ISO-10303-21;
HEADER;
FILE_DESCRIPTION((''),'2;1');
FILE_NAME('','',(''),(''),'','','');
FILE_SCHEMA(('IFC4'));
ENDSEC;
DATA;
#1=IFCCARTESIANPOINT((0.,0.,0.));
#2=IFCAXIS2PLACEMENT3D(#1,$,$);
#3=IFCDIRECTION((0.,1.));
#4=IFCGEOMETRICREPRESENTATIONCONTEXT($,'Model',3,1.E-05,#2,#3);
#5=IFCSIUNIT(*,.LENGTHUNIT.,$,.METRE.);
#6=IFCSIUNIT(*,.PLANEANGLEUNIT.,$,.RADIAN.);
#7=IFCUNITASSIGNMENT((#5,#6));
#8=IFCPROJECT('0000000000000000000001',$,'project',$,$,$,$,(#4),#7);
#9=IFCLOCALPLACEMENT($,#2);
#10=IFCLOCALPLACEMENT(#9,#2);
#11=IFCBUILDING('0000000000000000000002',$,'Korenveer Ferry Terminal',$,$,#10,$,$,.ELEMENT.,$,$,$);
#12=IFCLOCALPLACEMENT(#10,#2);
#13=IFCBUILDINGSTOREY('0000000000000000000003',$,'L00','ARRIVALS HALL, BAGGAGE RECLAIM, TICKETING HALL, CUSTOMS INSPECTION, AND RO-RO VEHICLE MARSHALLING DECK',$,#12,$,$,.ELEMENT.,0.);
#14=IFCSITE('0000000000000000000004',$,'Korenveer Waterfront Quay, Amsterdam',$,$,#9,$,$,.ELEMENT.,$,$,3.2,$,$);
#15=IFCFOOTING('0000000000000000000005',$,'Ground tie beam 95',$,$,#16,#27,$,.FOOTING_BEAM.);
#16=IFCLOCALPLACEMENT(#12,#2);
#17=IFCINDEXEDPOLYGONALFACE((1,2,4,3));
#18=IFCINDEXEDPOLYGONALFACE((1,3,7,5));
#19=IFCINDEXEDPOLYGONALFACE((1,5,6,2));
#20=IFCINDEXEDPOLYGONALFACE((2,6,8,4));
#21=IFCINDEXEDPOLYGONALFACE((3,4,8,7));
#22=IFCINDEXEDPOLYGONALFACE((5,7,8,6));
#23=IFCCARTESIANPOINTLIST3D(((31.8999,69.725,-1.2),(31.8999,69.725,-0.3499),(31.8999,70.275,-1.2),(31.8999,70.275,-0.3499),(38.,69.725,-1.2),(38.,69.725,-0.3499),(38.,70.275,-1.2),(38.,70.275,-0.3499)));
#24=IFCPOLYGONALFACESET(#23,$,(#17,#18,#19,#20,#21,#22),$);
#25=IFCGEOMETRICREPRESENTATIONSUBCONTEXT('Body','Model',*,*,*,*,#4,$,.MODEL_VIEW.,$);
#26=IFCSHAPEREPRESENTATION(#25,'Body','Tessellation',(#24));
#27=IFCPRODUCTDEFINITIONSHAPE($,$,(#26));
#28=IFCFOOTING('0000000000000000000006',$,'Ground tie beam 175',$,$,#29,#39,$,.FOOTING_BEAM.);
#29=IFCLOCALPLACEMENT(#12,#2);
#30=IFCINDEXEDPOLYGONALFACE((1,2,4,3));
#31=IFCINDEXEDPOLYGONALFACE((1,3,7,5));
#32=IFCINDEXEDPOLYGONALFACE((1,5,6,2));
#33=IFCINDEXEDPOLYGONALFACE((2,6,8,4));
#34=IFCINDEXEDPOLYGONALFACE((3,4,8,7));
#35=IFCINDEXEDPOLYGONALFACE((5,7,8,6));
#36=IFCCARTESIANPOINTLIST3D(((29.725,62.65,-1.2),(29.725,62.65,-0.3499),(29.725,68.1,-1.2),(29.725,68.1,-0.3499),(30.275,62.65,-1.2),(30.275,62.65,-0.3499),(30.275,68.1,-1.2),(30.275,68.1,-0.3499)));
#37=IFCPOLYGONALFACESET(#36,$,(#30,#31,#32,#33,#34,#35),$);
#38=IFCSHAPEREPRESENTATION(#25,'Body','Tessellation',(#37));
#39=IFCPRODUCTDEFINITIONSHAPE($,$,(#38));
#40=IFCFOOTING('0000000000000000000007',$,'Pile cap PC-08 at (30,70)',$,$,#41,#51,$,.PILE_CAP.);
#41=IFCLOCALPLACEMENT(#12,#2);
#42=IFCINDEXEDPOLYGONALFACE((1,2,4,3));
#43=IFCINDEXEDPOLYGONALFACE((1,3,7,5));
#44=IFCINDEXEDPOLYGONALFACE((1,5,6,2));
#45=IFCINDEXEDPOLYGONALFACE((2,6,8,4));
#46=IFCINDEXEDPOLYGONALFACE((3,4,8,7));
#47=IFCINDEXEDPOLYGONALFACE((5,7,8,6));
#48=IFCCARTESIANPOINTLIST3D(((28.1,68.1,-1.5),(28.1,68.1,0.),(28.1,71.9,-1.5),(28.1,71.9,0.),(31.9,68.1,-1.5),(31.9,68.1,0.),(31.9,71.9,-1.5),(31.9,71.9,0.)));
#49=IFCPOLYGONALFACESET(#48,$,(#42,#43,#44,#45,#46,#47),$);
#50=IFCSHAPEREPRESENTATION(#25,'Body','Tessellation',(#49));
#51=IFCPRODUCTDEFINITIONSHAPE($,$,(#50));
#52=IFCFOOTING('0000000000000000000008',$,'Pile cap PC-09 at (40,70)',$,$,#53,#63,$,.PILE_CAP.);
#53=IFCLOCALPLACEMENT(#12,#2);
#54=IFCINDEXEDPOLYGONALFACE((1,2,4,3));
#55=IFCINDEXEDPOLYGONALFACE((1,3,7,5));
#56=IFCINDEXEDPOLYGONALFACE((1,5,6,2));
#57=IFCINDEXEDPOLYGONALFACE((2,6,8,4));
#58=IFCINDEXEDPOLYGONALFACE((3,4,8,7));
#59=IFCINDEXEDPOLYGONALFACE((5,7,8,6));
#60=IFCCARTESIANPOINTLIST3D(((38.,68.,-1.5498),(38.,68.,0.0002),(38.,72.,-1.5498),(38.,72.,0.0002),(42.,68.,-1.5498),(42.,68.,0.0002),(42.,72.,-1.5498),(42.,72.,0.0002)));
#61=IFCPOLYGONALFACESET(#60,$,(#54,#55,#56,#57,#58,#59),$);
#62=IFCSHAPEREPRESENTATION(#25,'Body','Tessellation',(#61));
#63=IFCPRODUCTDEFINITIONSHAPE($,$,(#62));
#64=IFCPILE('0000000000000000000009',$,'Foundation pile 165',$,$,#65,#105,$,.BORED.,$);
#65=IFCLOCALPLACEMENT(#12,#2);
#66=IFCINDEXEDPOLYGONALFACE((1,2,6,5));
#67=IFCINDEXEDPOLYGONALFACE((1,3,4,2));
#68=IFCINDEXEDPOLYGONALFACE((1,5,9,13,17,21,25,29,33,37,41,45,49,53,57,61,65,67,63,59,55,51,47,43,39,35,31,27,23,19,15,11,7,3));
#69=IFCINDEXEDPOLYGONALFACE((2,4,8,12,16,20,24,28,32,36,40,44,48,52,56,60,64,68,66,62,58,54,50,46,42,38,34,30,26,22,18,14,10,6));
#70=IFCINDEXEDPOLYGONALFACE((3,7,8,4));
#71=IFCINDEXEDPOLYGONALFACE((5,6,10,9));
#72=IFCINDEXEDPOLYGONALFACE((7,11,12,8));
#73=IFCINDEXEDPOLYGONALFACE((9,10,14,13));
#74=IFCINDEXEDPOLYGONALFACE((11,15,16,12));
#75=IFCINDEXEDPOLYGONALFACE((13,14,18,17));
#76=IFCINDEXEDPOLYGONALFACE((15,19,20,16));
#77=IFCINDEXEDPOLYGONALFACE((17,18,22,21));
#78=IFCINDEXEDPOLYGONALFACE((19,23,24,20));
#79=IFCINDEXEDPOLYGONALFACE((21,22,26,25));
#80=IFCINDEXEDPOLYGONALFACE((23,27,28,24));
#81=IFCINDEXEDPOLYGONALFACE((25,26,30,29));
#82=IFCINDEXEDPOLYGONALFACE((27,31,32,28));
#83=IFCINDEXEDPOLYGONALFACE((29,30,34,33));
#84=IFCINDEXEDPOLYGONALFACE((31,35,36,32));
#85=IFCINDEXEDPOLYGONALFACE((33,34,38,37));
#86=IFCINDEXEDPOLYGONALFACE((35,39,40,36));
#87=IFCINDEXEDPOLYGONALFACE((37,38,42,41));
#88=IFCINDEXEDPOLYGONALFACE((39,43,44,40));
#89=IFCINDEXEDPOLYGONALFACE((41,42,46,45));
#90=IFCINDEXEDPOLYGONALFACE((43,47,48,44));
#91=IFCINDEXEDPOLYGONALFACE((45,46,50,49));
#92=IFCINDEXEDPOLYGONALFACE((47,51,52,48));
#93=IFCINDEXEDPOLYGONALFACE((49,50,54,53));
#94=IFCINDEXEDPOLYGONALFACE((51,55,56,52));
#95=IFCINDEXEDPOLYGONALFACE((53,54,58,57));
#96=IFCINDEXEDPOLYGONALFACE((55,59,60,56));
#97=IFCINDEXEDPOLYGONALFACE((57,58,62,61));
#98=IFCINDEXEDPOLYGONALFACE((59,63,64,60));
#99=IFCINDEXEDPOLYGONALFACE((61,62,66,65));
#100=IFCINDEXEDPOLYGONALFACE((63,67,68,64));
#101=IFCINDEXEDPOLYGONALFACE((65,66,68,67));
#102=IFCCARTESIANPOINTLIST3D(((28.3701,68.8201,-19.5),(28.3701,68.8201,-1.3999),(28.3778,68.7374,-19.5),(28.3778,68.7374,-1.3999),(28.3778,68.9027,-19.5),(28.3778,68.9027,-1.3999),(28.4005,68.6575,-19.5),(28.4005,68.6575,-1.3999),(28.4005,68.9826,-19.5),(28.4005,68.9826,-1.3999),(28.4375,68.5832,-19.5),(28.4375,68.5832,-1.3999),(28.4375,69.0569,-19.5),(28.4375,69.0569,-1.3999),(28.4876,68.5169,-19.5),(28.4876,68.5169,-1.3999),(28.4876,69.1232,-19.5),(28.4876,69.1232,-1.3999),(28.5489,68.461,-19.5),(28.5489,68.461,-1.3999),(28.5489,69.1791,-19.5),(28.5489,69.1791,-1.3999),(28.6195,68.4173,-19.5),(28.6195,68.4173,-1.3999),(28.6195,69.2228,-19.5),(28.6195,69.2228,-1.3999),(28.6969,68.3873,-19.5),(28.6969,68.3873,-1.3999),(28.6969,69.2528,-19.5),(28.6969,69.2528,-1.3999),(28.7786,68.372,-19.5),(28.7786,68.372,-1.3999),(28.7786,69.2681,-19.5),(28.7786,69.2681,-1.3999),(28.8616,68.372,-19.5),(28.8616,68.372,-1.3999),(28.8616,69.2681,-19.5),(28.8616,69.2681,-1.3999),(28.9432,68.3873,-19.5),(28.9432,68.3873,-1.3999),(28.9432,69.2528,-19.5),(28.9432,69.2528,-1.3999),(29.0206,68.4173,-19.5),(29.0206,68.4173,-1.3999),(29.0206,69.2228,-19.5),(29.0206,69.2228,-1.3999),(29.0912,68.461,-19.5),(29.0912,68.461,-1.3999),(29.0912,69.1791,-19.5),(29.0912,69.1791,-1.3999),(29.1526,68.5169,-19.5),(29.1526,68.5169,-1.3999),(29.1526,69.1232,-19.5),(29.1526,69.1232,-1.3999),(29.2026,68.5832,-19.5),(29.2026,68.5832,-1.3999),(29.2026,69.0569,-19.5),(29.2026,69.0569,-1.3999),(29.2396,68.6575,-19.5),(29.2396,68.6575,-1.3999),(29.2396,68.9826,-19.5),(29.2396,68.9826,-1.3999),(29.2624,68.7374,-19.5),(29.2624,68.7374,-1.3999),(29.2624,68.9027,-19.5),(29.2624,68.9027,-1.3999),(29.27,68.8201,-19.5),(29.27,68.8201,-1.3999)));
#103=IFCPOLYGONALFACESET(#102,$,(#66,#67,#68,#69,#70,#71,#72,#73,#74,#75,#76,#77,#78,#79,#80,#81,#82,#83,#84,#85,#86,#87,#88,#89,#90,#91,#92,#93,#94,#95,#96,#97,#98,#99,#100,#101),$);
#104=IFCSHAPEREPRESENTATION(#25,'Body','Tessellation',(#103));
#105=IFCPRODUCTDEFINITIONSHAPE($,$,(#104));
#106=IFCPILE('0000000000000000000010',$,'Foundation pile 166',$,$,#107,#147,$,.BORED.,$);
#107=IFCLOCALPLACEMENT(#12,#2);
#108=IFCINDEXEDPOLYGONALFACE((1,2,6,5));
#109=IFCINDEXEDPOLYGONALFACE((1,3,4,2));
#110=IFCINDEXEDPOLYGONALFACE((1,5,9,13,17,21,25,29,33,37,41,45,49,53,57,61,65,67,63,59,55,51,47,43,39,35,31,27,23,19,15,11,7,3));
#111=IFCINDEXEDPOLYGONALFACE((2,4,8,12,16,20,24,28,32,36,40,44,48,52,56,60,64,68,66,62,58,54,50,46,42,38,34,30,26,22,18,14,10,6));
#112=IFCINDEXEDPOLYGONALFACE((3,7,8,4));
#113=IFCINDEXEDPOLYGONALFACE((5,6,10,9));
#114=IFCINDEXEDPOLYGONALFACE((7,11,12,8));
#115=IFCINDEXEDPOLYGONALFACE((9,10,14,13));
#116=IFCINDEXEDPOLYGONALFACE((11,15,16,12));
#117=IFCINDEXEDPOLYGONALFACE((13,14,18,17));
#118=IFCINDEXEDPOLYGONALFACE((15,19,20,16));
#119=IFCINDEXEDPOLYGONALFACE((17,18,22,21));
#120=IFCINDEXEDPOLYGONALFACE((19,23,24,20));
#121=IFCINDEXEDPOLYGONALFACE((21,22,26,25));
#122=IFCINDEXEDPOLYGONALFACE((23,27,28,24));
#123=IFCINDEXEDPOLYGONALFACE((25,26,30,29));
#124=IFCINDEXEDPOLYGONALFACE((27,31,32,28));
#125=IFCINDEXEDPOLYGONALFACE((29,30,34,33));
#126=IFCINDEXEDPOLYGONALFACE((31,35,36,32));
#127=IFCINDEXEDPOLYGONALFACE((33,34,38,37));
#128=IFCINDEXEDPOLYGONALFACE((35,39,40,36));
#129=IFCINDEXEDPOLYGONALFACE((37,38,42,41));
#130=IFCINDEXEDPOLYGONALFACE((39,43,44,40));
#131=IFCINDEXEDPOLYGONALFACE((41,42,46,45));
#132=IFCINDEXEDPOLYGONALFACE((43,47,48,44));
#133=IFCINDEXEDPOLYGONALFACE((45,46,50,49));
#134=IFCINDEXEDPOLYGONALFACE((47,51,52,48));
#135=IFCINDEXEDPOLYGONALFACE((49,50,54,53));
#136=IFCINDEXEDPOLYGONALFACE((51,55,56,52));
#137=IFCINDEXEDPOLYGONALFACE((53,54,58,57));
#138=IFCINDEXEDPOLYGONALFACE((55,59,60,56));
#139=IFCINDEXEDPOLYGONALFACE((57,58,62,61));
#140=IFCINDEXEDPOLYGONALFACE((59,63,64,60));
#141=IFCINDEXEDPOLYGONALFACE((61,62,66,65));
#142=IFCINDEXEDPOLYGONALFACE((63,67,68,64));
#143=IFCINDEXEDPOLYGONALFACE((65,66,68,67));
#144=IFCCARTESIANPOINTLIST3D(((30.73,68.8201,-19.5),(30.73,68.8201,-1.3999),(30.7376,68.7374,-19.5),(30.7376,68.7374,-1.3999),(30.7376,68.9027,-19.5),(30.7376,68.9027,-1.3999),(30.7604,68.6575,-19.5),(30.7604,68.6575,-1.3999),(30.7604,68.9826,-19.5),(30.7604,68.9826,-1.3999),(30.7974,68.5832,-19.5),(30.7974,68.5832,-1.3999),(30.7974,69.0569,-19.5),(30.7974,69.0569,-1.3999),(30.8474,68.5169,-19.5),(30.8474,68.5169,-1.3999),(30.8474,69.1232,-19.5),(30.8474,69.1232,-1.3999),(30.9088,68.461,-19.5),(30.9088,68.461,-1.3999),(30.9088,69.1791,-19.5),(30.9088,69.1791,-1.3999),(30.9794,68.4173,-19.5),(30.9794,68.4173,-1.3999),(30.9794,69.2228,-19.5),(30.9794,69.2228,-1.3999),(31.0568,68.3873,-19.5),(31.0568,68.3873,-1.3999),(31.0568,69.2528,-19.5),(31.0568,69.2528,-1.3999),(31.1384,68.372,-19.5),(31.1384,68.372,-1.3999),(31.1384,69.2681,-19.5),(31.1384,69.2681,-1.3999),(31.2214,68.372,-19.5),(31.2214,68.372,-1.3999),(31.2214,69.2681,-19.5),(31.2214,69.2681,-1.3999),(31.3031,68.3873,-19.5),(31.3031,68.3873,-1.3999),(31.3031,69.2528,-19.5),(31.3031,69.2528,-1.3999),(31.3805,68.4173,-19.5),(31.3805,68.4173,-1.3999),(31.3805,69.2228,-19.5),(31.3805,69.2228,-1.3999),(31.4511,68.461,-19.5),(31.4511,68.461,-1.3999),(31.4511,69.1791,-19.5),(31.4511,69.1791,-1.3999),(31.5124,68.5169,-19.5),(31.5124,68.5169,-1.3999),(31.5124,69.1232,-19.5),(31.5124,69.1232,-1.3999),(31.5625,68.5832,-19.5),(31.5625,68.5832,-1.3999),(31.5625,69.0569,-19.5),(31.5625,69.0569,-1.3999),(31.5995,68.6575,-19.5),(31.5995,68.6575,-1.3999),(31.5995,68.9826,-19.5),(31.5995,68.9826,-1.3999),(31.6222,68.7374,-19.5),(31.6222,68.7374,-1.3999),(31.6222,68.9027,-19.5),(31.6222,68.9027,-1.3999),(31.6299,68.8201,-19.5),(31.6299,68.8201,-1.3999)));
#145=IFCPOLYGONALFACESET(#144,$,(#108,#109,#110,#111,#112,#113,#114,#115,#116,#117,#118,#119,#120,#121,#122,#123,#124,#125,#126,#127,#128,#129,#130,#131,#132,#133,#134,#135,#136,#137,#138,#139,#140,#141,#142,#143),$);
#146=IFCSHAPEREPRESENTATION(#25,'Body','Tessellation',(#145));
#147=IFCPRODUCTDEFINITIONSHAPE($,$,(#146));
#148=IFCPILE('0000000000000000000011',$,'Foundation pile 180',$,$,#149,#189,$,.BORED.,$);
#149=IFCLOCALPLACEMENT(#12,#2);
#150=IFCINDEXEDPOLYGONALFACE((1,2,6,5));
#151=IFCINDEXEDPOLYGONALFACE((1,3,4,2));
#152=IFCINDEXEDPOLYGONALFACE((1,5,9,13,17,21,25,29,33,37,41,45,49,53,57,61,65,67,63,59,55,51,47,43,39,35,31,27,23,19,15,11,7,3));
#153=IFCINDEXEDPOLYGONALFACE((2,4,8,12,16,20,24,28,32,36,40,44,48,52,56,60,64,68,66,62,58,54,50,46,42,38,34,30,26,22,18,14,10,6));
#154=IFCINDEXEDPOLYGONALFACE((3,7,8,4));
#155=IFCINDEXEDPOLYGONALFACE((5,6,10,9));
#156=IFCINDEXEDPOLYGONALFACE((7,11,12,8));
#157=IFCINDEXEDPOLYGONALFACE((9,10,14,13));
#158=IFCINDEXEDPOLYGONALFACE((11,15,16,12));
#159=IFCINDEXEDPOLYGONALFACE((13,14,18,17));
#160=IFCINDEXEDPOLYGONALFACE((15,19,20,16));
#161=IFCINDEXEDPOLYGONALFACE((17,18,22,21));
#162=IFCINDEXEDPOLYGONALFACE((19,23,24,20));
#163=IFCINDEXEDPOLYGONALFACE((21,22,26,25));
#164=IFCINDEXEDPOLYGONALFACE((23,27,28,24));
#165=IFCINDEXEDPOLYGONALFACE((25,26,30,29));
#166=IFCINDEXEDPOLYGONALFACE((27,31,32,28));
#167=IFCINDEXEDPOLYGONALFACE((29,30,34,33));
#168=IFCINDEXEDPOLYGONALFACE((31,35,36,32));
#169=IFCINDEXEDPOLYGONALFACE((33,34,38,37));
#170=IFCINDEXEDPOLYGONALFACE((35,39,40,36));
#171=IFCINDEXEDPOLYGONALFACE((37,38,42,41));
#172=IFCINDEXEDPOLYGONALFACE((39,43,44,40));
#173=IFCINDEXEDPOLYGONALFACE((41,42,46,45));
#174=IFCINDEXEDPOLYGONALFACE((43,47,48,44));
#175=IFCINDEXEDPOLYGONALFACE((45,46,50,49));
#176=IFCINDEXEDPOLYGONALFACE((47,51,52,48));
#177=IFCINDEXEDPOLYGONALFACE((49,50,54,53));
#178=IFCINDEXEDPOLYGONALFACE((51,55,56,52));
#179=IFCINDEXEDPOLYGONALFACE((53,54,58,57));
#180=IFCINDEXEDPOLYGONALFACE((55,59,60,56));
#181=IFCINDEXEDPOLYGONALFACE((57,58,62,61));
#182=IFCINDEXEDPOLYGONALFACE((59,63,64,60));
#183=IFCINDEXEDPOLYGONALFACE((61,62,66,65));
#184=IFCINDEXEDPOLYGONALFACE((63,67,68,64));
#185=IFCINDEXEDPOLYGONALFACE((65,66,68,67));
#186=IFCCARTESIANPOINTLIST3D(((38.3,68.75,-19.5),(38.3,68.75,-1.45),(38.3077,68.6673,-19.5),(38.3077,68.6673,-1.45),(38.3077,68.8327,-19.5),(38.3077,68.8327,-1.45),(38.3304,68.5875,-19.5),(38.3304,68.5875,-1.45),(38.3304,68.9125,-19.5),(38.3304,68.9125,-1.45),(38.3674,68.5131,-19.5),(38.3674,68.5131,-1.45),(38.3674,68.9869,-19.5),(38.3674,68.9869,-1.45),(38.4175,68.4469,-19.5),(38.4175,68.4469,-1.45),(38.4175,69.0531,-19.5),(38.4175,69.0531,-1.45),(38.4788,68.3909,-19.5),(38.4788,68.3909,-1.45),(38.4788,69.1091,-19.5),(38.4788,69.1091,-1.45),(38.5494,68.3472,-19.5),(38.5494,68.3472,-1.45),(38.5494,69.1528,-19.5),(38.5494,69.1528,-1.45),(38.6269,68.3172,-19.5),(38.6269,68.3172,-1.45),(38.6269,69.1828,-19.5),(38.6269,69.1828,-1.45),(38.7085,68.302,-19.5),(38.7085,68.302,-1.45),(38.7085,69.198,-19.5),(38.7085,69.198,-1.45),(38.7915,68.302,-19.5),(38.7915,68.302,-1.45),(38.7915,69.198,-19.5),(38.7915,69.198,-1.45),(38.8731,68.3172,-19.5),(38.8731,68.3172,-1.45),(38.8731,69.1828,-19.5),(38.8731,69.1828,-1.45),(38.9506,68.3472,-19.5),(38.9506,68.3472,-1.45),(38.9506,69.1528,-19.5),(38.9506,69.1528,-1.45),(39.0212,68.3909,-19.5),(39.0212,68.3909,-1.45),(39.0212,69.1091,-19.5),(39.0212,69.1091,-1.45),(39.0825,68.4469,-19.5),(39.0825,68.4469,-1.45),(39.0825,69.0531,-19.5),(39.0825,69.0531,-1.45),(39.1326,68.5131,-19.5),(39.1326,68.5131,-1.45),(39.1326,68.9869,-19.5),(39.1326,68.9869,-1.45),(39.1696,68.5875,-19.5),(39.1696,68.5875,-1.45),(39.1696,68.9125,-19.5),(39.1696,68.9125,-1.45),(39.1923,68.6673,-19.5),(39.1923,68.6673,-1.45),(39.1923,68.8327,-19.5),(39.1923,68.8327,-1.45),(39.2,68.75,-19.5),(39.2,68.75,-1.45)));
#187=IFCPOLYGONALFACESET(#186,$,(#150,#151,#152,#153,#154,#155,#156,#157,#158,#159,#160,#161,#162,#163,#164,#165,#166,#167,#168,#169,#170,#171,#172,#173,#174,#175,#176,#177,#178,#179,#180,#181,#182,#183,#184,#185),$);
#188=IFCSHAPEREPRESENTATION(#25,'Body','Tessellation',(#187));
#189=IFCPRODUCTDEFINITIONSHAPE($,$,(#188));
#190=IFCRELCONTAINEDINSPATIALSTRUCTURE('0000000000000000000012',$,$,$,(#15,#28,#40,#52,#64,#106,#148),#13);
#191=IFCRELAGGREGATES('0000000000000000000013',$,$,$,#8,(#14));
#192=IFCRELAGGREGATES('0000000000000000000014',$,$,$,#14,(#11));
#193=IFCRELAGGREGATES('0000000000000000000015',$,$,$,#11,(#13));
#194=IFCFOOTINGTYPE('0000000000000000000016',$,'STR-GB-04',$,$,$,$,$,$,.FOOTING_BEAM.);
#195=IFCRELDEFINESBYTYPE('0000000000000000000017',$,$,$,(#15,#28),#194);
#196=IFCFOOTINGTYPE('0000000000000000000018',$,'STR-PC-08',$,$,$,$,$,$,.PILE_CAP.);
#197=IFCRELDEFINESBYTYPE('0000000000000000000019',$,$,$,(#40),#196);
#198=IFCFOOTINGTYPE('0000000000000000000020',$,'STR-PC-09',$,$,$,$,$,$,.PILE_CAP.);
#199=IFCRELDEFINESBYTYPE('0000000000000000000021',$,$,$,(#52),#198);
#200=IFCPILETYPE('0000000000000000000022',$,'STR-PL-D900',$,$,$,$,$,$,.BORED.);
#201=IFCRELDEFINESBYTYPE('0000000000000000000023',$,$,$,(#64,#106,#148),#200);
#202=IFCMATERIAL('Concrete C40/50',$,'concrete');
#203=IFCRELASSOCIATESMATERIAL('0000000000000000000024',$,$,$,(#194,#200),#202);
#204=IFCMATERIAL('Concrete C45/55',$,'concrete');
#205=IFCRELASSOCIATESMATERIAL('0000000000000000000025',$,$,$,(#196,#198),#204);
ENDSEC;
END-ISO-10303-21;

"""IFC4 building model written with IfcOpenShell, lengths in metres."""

from ifc_helpers import new_model, si_unit, direction, frame, origin, origin_2d, place, context, subcontext, project, spatial, rectangle, circle, extrude, material, material_profile, profile_set, type_object, element, save


model = new_model("IFC4")

# Units and contexts
model_context = context("Model", 3, precision=1e-05, world=origin(), true_north=direction((0.0, 1.0)))
body_context = subcontext(model_context, "Body", "Model", "MODEL_VIEW")
ifc_project = project(units=[si_unit("LENGTHUNIT", "METRE"), si_unit("PLANEANGLEUNIT", "RADIAN")], contexts=[model_context])

# Site, building, storey
site_placement = place(None, origin())
site = spatial("IfcSite", under=ifc_project, at=site_placement, Name="Korenveer Waterfront Quay, Amsterdam", CompositionType="ELEMENT", RefElevation=3.2)
building_placement = place(site_placement, origin())
building = spatial("IfcBuilding", under=site, at=building_placement, Name="Korenveer Ferry Terminal", CompositionType="ELEMENT")
storey_placement = place(building_placement, origin())
storey = spatial("IfcBuildingStorey", under=building, at=storey_placement, Name="L00", Description="ARRIVALS HALL, BAGGAGE RECLAIM, TICKETING HALL, CUSTOMS INSPECTION, AND RO-RO VEHICLE MARSHALLING DECK", CompositionType="ELEMENT", Elevation=0.0)

# Footings
ifc_material_1 = material(Name="Concrete C40/50", Category="concrete")
footing_type_1 = type_object("IfcFootingType", Name="STR-GB-04", PredefinedType="FOOTING_BEAM", material=ifc_material_1)
footing_1_placement = place(storey_placement, frame((34.95, 70.0, -1.2), z_axis=(0.0, 0.0, 1.0), x_axis=(1.0, 0.0, 0.0)))
element("IfcFooting", 1, at=footing_1_placement, inside=storey, type_object=footing_type_1, Name="Ground tie beam 95", PredefinedType="FOOTING_BEAM", context=body_context, shape_type="SweptSolid", body=[
    extrude(rectangle(XDim=6.1001, YDim=0.55, at=origin_2d()), origin(), (0.0, 0.0, 1.0), 0.8501),
])
footing_2_placement = place(storey_placement, frame((30.0, 65.375, -1.2), z_axis=(0.0, 0.0, 1.0), x_axis=(1.0, 0.0, 0.0)))
element("IfcFooting", 2, at=footing_2_placement, inside=storey, type_object=footing_type_1, Name="Ground tie beam 175", PredefinedType="FOOTING_BEAM", context=body_context, shape_type="SweptSolid", body=[
    extrude(rectangle(XDim=0.55, YDim=5.45, at=origin_2d()), origin(), (0.0, 0.0, 1.0), 0.8501),
])
ifc_material_2 = material(Name="Concrete C45/55", Category="concrete")
footing_type_2 = type_object("IfcFootingType", Name="STR-PC-08", PredefinedType="PILE_CAP", material=ifc_material_2)
footing_3_placement = place(storey_placement, frame((30.0, 70.0, -1.5), z_axis=(0.0, 0.0, 1.0), x_axis=(1.0, 0.0, 0.0)))
element("IfcFooting", 3, at=footing_3_placement, inside=storey, type_object=footing_type_2, Name="Pile cap PC-08 at (30,70)", PredefinedType="PILE_CAP", context=body_context, shape_type="SweptSolid", body=[
    extrude(rectangle(XDim=3.8, YDim=3.8, at=origin_2d()), origin(), (0.0, 0.0, 1.0), 1.5),
])
footing_type_3 = type_object("IfcFootingType", Name="STR-PC-09", PredefinedType="PILE_CAP", material=ifc_material_2)
footing_4_placement = place(storey_placement, frame((40.0, 70.0, -1.5498), z_axis=(0.0, 0.0, 1.0), x_axis=(1.0, 0.0, 0.0)))
element("IfcFooting", 4, at=footing_4_placement, inside=storey, type_object=footing_type_3, Name="Pile cap PC-09 at (40,70)", PredefinedType="PILE_CAP", context=body_context, shape_type="SweptSolid", body=[
    extrude(rectangle(XDim=4.0, YDim=4.0, at=origin_2d()), origin(), (0.0, 0.0, 1.0), 1.55),
])

# Piles
ifc_material_profile_1 = material_profile(ifc_material_1, circle(Radius=0.45, at=origin_2d()), Name="PILE D900")
ifc_profile_set_1 = profile_set([ifc_material_profile_1], Name="Concrete C40/50")
pile_type = type_object("IfcPileType", Name="STR-PL-D900", PredefinedType="BORED", material=ifc_profile_set_1)
for number, where, z_axis, x_axis, name in (
    (5, (28.8201, 68.8201, -1.3999), (0.0, 0.0, -1.0), (1.0, 0.0, 0.0), "Foundation pile 165"),
    (6, (31.1799, 68.8201, -1.3999), (0.0, 0.0, -1.0), (1.0, 0.0, 0.0), "Foundation pile 166"),
):
    element("IfcPile", number, at=place(storey_placement, frame(where, z_axis=z_axis, x_axis=x_axis)), inside=storey, type_object=pile_type, Name=name, PredefinedType="BORED", context=body_context, shape_type="SweptSolid", body=[
        extrude(circle(Radius=0.45, at=origin_2d()), origin(), (0.0, 0.0, 1.0), 18.1001),
    ])
pile_placement = place(storey_placement, frame((38.75, 68.75, -1.45), z_axis=(0.0, 0.0, -1.0), x_axis=(1.0, 0.0, 0.0)))
element("IfcPile", 7, at=pile_placement, inside=storey, type_object=pile_type, Name="Foundation pile 180", PredefinedType="BORED", context=body_context, shape_type="SweptSolid", body=[
    extrude(circle(Radius=0.45, at=origin_2d()), origin(), (0.0, 0.0, 1.0), 18.05),
])

save(model, "model.ifc")
